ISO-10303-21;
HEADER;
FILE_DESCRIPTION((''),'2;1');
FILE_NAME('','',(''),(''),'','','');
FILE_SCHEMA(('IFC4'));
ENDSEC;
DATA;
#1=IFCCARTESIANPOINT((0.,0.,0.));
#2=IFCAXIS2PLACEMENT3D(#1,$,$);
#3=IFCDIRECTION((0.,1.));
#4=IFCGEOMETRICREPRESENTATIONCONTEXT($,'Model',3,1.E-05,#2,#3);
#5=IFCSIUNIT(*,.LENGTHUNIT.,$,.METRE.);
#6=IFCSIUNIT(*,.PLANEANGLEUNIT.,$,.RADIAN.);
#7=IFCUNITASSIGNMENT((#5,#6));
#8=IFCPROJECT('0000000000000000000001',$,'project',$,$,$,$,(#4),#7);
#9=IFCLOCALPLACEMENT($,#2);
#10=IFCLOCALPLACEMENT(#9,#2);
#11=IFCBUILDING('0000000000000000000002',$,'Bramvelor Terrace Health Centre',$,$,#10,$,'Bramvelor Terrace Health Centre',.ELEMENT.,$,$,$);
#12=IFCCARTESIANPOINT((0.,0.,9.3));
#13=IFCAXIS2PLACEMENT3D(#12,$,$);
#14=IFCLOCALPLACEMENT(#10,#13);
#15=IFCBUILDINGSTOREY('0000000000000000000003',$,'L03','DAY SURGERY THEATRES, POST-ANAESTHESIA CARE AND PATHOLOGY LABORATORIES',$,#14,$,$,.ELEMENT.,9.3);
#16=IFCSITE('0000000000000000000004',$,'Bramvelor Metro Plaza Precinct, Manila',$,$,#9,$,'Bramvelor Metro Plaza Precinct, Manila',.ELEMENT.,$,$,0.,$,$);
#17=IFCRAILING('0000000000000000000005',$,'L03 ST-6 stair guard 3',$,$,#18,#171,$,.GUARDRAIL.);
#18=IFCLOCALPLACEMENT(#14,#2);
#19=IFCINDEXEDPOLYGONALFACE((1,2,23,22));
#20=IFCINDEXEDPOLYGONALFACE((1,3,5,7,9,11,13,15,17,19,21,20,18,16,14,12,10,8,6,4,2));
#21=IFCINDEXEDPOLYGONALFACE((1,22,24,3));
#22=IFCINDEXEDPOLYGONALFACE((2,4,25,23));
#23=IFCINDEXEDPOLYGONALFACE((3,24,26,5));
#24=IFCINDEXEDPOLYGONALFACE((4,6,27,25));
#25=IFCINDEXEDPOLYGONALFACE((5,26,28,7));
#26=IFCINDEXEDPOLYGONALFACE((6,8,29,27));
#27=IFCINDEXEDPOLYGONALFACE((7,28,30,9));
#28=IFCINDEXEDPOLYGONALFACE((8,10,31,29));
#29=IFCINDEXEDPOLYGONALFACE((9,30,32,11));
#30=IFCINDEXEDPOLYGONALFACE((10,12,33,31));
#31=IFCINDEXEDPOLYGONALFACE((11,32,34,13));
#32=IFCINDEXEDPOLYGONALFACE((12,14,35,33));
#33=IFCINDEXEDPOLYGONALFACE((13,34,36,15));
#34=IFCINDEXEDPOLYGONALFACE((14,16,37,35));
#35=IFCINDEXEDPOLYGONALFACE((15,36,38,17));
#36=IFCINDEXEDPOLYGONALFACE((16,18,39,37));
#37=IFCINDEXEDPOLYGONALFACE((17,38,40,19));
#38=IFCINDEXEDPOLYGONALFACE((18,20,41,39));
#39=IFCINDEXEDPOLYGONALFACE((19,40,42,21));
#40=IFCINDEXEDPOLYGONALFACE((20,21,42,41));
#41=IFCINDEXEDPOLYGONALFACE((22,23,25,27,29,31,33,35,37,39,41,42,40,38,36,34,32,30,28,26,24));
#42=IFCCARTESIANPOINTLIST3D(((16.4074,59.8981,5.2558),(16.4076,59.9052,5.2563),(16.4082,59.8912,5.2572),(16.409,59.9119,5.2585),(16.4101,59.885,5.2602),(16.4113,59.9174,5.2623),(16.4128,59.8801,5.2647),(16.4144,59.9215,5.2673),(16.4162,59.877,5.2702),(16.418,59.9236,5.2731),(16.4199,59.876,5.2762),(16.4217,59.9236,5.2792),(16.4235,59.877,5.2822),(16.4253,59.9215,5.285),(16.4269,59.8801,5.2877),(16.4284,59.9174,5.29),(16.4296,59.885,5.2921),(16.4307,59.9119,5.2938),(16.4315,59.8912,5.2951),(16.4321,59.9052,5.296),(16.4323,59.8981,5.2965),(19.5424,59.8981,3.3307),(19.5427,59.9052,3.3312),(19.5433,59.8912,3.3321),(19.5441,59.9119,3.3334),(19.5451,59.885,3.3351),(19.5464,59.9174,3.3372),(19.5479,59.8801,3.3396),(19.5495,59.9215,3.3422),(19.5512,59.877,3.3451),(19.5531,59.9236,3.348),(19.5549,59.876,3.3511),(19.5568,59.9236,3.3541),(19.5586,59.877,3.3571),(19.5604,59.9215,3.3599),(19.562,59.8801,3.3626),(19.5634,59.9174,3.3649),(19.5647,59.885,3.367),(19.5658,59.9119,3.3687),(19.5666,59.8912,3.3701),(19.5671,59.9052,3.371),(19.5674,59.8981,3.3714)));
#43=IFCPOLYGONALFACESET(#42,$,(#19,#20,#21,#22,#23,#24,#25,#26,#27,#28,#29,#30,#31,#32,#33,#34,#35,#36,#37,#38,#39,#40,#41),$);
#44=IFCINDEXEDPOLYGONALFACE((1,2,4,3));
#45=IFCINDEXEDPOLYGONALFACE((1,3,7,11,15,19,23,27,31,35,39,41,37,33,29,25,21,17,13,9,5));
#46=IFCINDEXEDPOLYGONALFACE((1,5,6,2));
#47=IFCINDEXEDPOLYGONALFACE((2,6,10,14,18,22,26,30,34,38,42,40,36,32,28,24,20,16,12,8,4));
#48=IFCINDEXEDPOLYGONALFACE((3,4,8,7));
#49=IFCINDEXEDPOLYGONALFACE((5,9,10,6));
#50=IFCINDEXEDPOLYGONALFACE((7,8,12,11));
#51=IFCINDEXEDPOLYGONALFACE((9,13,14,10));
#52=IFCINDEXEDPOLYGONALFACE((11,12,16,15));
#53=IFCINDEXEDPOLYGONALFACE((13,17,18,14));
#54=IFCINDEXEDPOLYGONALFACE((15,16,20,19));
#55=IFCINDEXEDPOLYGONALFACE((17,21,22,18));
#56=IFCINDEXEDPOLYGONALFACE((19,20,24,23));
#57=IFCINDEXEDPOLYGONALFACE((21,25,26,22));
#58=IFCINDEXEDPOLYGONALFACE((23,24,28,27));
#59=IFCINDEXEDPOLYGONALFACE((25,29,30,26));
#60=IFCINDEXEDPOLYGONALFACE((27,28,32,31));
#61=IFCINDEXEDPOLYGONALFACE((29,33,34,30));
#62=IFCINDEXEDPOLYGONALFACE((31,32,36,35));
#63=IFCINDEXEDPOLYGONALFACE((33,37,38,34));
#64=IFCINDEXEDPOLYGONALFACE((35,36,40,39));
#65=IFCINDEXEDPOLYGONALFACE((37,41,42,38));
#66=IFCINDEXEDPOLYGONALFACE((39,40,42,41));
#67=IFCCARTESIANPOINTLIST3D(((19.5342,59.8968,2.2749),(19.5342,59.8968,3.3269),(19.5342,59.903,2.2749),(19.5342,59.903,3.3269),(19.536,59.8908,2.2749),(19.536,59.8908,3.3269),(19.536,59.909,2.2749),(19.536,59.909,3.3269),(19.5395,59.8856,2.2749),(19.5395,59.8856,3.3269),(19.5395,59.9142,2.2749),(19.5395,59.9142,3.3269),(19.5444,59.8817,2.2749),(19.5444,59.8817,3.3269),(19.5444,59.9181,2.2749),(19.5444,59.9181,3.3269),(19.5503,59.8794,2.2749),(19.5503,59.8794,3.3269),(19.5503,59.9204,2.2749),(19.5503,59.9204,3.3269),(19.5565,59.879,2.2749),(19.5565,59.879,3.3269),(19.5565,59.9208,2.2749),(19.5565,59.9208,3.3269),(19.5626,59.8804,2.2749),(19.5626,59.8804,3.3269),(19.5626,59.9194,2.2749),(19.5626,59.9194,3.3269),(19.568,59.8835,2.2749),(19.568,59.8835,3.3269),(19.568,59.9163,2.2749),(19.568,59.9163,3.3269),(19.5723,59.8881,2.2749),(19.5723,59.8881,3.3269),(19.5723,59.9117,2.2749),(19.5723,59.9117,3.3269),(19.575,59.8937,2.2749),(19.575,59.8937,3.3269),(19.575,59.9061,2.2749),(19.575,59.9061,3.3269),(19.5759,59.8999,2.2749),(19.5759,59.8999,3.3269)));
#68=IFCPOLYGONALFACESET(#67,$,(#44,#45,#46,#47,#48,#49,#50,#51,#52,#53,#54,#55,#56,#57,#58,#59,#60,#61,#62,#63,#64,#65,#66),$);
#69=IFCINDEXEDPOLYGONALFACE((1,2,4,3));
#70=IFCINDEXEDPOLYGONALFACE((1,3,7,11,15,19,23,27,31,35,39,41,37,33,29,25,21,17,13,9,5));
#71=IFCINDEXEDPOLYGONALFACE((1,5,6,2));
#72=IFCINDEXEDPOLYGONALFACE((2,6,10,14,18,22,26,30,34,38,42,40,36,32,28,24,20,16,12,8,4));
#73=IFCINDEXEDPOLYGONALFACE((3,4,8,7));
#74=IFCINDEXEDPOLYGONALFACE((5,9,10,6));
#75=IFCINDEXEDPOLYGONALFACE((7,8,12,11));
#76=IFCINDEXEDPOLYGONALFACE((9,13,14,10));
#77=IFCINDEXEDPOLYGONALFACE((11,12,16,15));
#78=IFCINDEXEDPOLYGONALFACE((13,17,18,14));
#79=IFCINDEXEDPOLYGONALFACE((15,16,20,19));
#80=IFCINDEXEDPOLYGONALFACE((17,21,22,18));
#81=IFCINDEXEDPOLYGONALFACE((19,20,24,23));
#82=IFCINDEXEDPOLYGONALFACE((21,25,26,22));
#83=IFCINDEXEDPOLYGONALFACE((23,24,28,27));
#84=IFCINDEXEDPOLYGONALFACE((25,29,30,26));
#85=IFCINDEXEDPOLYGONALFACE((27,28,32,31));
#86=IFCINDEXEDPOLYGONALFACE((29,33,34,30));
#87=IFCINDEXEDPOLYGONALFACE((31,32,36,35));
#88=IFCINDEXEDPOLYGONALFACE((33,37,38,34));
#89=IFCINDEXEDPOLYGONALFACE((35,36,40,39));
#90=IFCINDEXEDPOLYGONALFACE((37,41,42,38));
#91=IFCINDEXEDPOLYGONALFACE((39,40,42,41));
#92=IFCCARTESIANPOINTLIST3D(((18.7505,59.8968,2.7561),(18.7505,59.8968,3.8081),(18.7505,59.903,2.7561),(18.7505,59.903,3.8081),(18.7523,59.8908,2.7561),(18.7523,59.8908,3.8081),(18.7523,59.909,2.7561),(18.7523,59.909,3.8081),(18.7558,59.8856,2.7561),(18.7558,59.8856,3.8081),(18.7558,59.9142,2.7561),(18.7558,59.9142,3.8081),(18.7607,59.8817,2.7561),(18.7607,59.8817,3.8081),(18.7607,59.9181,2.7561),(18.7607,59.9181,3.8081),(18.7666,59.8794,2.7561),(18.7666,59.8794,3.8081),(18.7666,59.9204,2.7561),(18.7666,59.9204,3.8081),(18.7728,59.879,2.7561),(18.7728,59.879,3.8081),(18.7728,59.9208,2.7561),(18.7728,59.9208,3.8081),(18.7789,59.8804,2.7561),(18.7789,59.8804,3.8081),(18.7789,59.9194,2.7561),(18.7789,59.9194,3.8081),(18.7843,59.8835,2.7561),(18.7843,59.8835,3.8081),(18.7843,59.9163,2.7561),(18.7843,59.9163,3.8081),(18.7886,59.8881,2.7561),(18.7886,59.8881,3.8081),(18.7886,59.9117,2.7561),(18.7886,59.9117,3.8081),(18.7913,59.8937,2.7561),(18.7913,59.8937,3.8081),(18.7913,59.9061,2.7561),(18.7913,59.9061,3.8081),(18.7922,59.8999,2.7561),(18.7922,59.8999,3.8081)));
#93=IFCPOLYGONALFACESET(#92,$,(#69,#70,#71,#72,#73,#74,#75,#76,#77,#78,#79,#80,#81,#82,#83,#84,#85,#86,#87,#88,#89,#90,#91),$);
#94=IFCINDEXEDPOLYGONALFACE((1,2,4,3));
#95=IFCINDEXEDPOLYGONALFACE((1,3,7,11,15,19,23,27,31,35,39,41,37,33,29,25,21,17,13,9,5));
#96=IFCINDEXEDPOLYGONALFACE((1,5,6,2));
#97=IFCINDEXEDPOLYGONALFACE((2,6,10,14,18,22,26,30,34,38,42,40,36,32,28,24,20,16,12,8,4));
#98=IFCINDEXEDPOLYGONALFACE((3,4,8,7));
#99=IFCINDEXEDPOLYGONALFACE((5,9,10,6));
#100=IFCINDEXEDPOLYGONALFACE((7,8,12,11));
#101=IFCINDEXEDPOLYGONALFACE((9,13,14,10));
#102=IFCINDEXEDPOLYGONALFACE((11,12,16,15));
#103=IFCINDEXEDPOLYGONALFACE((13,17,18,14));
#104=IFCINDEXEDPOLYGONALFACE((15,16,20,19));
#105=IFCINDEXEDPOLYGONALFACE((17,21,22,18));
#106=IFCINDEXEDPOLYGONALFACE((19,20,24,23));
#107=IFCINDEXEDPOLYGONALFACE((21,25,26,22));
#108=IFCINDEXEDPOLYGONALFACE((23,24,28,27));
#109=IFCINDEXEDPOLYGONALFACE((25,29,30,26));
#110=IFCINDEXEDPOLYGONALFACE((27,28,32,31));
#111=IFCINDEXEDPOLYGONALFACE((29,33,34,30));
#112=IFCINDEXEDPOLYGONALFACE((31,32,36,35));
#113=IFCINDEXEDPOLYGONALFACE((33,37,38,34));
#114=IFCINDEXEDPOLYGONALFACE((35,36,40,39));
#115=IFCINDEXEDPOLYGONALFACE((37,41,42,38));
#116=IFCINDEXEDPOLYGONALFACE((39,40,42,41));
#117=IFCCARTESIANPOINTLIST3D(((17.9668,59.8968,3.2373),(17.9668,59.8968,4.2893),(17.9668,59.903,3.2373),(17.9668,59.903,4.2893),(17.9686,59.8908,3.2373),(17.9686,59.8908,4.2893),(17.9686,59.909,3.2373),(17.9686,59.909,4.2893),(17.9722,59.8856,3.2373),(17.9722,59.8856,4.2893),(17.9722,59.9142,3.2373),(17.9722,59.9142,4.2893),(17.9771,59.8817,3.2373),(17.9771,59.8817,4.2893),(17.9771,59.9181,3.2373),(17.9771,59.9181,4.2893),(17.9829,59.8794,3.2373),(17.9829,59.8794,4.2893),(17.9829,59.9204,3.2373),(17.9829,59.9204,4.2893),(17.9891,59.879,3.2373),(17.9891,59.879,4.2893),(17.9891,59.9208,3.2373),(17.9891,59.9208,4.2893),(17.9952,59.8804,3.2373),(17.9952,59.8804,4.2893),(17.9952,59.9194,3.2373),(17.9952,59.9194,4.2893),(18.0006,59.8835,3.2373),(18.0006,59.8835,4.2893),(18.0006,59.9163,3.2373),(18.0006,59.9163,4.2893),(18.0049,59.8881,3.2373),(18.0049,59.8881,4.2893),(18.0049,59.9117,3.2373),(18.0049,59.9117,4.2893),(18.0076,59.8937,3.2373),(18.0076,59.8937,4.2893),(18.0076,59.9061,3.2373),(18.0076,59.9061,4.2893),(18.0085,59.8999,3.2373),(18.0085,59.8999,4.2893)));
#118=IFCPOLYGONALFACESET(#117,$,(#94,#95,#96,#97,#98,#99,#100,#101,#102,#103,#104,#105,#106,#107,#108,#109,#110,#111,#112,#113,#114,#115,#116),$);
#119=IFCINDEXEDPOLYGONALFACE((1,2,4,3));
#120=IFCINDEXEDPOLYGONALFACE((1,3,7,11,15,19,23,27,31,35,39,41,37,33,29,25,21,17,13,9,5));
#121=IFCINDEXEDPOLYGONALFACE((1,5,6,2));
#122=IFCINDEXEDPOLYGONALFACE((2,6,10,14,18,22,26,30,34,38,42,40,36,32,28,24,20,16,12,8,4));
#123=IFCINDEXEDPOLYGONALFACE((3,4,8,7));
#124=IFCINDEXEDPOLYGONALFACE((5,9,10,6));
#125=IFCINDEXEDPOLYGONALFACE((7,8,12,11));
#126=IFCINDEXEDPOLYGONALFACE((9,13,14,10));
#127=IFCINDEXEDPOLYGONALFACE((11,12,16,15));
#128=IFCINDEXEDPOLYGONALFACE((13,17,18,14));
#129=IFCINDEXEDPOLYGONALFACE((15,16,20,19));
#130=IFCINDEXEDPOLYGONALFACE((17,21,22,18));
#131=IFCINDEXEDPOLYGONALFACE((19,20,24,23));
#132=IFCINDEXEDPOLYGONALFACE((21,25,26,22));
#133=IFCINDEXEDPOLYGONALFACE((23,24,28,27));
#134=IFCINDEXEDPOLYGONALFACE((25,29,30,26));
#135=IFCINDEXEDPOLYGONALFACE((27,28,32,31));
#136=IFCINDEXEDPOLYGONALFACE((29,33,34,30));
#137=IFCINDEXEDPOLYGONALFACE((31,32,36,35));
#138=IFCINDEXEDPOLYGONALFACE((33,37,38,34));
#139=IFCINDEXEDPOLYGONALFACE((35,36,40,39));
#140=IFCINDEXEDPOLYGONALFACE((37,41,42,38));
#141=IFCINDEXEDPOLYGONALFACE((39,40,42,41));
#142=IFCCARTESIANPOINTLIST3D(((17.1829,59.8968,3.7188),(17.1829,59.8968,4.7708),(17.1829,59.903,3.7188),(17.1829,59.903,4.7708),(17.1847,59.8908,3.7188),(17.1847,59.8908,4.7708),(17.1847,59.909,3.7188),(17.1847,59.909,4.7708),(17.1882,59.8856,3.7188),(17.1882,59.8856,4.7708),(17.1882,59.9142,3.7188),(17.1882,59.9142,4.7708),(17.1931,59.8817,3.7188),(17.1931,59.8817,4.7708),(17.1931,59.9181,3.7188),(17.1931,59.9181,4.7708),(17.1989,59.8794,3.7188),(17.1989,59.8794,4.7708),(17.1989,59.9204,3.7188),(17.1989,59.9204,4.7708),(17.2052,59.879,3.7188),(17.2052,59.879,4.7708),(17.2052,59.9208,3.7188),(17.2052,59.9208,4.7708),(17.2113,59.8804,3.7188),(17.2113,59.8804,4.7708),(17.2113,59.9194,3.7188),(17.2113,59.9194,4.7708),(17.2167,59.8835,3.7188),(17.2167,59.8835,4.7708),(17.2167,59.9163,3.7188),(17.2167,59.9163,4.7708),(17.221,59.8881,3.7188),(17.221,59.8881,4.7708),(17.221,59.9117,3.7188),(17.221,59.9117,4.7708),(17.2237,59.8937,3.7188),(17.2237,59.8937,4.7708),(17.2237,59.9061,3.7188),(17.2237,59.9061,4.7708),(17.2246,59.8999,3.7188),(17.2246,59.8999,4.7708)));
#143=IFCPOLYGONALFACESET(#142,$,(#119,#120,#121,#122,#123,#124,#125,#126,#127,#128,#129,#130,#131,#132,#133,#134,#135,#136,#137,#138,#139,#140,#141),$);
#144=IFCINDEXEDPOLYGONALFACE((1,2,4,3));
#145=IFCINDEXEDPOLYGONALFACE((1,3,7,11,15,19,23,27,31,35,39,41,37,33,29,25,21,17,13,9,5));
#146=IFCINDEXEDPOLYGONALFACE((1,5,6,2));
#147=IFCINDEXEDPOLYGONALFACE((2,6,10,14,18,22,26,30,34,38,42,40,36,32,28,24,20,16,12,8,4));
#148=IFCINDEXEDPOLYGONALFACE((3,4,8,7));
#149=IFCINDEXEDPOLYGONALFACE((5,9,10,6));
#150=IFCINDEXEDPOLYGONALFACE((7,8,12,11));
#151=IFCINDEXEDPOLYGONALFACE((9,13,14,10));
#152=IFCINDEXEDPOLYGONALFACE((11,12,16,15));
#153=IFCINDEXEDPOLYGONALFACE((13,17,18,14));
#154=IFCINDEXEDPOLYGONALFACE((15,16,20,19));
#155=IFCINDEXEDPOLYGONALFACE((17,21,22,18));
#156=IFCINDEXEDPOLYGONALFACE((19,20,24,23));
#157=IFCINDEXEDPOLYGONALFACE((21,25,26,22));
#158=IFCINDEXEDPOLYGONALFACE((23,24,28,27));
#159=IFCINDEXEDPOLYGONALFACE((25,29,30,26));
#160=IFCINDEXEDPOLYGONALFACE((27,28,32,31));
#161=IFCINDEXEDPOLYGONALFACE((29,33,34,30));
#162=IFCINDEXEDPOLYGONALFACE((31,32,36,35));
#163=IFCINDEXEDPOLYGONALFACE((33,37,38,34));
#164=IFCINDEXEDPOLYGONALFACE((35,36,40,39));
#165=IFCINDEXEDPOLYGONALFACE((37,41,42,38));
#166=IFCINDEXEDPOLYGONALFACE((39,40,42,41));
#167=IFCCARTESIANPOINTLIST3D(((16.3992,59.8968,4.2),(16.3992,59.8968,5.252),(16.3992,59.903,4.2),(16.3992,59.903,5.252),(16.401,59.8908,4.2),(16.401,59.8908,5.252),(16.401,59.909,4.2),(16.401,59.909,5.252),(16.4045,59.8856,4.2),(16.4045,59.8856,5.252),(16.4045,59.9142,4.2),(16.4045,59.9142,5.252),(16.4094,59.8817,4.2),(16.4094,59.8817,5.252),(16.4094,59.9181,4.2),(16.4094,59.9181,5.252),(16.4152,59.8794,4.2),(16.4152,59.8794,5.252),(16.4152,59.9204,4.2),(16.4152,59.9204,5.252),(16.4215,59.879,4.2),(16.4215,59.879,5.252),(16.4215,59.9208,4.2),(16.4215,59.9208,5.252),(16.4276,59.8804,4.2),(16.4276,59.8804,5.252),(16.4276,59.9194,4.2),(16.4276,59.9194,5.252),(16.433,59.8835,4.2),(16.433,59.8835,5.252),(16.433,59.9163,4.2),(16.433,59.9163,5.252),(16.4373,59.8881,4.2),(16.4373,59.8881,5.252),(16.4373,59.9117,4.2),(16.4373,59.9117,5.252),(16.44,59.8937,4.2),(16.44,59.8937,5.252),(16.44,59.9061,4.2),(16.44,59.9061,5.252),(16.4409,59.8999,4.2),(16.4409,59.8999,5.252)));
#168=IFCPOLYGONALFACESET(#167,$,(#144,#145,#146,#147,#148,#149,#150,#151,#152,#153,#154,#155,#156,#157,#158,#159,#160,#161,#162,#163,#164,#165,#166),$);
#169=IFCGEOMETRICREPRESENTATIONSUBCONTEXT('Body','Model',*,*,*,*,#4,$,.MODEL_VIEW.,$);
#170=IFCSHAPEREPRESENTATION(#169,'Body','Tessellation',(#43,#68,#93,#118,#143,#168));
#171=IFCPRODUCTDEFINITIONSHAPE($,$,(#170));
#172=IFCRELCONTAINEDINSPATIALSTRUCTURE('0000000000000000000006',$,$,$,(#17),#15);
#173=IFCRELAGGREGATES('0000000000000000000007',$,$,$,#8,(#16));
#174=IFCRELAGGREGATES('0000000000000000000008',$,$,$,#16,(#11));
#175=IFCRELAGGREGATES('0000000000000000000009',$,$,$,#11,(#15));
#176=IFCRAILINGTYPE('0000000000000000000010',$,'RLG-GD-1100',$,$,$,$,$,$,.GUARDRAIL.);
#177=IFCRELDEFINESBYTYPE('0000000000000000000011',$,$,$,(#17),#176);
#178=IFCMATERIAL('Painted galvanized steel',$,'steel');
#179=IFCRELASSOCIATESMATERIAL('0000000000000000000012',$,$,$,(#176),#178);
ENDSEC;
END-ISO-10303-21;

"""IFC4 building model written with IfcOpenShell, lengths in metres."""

from ifc_helpers import new_model, si_unit, direction, frame, origin, origin_2d, place, context, subcontext, project, spatial, circle, extrude, material, type_object, element, save


model = new_model("IFC4")

# Units and contexts
model_context = context("Model", 3, precision=1e-05, world=origin(), true_north=direction((0.0, 1.0)))
body_context = subcontext(model_context, "Body", "Model", "MODEL_VIEW")
ifc_project = project(units=[si_unit("LENGTHUNIT", "METRE"), si_unit("PLANEANGLEUNIT", "RADIAN")], contexts=[model_context])

# Site, building, storey
site_placement = place(None, origin())
site = spatial("IfcSite", under=ifc_project, at=site_placement, Name="Bramvelor Metro Plaza Precinct, Manila", LongName="Bramvelor Metro Plaza Precinct, Manila", CompositionType="ELEMENT", RefElevation=0.0)
building_placement = place(site_placement, origin())
building = spatial("IfcBuilding", under=site, at=building_placement, Name="Bramvelor Terrace Health Centre", LongName="Bramvelor Terrace Health Centre", CompositionType="ELEMENT")
storey_placement = place(building_placement, frame((0.0, 0.0, 9.3)))
storey = spatial("IfcBuildingStorey", under=building, at=storey_placement, Name="L03", Description="DAY SURGERY THEATRES, POST-ANAESTHESIA CARE AND PATHOLOGY LABORATORIES", CompositionType="ELEMENT", Elevation=9.3)

# Railing
ifc_material_1 = material(Name="Painted galvanized steel", Category="steel")
railing_type_1 = type_object("IfcRailingType", Name="RLG-GD-1100", PredefinedType="GUARDRAIL", material=ifc_material_1)
railing_1_placement = place(storey_placement, frame((19.5549, 59.8999, 2.2749)))
element("IfcRailing", 1, at=railing_1_placement, inside=storey, type_object=railing_type_1, Name="L03 ST-6 stair guard 3", PredefinedType="GUARDRAIL", context=body_context, shape_type="SweptSolid", body=[
    extrude(circle(Radius=0.0239, at=origin_2d()), frame((0.0, 0.0, 1.0762), z_axis=(-0.852166, 0.0, 0.523271), x_axis=(0.0, -1.0, 0.0)), (0.0, 0.0, 1.0), 3.679),
    extrude(circle(Radius=0.021, at=origin_2d()), origin(), (0.0, 0.0, 1.0), 1.052),
    extrude(circle(Radius=0.021, at=origin_2d()), frame((-0.7837, 0.0, 0.4812)), (0.0, 0.0, 1.0), 1.052),
    extrude(circle(Radius=0.021, at=origin_2d()), frame((-1.5674, 0.0, 0.9624)), (0.0, 0.0, 1.0), 1.052),
    extrude(circle(Radius=0.021, at=origin_2d()), frame((-2.3513, 0.0, 1.4438)), (0.0, 0.0, 1.0), 1.052),
    extrude(circle(Radius=0.021, at=origin_2d()), frame((-3.135, 0.0, 1.925)), (0.0, 0.0, 1.0), 1.052),
])

save(model, "model.ifc")
